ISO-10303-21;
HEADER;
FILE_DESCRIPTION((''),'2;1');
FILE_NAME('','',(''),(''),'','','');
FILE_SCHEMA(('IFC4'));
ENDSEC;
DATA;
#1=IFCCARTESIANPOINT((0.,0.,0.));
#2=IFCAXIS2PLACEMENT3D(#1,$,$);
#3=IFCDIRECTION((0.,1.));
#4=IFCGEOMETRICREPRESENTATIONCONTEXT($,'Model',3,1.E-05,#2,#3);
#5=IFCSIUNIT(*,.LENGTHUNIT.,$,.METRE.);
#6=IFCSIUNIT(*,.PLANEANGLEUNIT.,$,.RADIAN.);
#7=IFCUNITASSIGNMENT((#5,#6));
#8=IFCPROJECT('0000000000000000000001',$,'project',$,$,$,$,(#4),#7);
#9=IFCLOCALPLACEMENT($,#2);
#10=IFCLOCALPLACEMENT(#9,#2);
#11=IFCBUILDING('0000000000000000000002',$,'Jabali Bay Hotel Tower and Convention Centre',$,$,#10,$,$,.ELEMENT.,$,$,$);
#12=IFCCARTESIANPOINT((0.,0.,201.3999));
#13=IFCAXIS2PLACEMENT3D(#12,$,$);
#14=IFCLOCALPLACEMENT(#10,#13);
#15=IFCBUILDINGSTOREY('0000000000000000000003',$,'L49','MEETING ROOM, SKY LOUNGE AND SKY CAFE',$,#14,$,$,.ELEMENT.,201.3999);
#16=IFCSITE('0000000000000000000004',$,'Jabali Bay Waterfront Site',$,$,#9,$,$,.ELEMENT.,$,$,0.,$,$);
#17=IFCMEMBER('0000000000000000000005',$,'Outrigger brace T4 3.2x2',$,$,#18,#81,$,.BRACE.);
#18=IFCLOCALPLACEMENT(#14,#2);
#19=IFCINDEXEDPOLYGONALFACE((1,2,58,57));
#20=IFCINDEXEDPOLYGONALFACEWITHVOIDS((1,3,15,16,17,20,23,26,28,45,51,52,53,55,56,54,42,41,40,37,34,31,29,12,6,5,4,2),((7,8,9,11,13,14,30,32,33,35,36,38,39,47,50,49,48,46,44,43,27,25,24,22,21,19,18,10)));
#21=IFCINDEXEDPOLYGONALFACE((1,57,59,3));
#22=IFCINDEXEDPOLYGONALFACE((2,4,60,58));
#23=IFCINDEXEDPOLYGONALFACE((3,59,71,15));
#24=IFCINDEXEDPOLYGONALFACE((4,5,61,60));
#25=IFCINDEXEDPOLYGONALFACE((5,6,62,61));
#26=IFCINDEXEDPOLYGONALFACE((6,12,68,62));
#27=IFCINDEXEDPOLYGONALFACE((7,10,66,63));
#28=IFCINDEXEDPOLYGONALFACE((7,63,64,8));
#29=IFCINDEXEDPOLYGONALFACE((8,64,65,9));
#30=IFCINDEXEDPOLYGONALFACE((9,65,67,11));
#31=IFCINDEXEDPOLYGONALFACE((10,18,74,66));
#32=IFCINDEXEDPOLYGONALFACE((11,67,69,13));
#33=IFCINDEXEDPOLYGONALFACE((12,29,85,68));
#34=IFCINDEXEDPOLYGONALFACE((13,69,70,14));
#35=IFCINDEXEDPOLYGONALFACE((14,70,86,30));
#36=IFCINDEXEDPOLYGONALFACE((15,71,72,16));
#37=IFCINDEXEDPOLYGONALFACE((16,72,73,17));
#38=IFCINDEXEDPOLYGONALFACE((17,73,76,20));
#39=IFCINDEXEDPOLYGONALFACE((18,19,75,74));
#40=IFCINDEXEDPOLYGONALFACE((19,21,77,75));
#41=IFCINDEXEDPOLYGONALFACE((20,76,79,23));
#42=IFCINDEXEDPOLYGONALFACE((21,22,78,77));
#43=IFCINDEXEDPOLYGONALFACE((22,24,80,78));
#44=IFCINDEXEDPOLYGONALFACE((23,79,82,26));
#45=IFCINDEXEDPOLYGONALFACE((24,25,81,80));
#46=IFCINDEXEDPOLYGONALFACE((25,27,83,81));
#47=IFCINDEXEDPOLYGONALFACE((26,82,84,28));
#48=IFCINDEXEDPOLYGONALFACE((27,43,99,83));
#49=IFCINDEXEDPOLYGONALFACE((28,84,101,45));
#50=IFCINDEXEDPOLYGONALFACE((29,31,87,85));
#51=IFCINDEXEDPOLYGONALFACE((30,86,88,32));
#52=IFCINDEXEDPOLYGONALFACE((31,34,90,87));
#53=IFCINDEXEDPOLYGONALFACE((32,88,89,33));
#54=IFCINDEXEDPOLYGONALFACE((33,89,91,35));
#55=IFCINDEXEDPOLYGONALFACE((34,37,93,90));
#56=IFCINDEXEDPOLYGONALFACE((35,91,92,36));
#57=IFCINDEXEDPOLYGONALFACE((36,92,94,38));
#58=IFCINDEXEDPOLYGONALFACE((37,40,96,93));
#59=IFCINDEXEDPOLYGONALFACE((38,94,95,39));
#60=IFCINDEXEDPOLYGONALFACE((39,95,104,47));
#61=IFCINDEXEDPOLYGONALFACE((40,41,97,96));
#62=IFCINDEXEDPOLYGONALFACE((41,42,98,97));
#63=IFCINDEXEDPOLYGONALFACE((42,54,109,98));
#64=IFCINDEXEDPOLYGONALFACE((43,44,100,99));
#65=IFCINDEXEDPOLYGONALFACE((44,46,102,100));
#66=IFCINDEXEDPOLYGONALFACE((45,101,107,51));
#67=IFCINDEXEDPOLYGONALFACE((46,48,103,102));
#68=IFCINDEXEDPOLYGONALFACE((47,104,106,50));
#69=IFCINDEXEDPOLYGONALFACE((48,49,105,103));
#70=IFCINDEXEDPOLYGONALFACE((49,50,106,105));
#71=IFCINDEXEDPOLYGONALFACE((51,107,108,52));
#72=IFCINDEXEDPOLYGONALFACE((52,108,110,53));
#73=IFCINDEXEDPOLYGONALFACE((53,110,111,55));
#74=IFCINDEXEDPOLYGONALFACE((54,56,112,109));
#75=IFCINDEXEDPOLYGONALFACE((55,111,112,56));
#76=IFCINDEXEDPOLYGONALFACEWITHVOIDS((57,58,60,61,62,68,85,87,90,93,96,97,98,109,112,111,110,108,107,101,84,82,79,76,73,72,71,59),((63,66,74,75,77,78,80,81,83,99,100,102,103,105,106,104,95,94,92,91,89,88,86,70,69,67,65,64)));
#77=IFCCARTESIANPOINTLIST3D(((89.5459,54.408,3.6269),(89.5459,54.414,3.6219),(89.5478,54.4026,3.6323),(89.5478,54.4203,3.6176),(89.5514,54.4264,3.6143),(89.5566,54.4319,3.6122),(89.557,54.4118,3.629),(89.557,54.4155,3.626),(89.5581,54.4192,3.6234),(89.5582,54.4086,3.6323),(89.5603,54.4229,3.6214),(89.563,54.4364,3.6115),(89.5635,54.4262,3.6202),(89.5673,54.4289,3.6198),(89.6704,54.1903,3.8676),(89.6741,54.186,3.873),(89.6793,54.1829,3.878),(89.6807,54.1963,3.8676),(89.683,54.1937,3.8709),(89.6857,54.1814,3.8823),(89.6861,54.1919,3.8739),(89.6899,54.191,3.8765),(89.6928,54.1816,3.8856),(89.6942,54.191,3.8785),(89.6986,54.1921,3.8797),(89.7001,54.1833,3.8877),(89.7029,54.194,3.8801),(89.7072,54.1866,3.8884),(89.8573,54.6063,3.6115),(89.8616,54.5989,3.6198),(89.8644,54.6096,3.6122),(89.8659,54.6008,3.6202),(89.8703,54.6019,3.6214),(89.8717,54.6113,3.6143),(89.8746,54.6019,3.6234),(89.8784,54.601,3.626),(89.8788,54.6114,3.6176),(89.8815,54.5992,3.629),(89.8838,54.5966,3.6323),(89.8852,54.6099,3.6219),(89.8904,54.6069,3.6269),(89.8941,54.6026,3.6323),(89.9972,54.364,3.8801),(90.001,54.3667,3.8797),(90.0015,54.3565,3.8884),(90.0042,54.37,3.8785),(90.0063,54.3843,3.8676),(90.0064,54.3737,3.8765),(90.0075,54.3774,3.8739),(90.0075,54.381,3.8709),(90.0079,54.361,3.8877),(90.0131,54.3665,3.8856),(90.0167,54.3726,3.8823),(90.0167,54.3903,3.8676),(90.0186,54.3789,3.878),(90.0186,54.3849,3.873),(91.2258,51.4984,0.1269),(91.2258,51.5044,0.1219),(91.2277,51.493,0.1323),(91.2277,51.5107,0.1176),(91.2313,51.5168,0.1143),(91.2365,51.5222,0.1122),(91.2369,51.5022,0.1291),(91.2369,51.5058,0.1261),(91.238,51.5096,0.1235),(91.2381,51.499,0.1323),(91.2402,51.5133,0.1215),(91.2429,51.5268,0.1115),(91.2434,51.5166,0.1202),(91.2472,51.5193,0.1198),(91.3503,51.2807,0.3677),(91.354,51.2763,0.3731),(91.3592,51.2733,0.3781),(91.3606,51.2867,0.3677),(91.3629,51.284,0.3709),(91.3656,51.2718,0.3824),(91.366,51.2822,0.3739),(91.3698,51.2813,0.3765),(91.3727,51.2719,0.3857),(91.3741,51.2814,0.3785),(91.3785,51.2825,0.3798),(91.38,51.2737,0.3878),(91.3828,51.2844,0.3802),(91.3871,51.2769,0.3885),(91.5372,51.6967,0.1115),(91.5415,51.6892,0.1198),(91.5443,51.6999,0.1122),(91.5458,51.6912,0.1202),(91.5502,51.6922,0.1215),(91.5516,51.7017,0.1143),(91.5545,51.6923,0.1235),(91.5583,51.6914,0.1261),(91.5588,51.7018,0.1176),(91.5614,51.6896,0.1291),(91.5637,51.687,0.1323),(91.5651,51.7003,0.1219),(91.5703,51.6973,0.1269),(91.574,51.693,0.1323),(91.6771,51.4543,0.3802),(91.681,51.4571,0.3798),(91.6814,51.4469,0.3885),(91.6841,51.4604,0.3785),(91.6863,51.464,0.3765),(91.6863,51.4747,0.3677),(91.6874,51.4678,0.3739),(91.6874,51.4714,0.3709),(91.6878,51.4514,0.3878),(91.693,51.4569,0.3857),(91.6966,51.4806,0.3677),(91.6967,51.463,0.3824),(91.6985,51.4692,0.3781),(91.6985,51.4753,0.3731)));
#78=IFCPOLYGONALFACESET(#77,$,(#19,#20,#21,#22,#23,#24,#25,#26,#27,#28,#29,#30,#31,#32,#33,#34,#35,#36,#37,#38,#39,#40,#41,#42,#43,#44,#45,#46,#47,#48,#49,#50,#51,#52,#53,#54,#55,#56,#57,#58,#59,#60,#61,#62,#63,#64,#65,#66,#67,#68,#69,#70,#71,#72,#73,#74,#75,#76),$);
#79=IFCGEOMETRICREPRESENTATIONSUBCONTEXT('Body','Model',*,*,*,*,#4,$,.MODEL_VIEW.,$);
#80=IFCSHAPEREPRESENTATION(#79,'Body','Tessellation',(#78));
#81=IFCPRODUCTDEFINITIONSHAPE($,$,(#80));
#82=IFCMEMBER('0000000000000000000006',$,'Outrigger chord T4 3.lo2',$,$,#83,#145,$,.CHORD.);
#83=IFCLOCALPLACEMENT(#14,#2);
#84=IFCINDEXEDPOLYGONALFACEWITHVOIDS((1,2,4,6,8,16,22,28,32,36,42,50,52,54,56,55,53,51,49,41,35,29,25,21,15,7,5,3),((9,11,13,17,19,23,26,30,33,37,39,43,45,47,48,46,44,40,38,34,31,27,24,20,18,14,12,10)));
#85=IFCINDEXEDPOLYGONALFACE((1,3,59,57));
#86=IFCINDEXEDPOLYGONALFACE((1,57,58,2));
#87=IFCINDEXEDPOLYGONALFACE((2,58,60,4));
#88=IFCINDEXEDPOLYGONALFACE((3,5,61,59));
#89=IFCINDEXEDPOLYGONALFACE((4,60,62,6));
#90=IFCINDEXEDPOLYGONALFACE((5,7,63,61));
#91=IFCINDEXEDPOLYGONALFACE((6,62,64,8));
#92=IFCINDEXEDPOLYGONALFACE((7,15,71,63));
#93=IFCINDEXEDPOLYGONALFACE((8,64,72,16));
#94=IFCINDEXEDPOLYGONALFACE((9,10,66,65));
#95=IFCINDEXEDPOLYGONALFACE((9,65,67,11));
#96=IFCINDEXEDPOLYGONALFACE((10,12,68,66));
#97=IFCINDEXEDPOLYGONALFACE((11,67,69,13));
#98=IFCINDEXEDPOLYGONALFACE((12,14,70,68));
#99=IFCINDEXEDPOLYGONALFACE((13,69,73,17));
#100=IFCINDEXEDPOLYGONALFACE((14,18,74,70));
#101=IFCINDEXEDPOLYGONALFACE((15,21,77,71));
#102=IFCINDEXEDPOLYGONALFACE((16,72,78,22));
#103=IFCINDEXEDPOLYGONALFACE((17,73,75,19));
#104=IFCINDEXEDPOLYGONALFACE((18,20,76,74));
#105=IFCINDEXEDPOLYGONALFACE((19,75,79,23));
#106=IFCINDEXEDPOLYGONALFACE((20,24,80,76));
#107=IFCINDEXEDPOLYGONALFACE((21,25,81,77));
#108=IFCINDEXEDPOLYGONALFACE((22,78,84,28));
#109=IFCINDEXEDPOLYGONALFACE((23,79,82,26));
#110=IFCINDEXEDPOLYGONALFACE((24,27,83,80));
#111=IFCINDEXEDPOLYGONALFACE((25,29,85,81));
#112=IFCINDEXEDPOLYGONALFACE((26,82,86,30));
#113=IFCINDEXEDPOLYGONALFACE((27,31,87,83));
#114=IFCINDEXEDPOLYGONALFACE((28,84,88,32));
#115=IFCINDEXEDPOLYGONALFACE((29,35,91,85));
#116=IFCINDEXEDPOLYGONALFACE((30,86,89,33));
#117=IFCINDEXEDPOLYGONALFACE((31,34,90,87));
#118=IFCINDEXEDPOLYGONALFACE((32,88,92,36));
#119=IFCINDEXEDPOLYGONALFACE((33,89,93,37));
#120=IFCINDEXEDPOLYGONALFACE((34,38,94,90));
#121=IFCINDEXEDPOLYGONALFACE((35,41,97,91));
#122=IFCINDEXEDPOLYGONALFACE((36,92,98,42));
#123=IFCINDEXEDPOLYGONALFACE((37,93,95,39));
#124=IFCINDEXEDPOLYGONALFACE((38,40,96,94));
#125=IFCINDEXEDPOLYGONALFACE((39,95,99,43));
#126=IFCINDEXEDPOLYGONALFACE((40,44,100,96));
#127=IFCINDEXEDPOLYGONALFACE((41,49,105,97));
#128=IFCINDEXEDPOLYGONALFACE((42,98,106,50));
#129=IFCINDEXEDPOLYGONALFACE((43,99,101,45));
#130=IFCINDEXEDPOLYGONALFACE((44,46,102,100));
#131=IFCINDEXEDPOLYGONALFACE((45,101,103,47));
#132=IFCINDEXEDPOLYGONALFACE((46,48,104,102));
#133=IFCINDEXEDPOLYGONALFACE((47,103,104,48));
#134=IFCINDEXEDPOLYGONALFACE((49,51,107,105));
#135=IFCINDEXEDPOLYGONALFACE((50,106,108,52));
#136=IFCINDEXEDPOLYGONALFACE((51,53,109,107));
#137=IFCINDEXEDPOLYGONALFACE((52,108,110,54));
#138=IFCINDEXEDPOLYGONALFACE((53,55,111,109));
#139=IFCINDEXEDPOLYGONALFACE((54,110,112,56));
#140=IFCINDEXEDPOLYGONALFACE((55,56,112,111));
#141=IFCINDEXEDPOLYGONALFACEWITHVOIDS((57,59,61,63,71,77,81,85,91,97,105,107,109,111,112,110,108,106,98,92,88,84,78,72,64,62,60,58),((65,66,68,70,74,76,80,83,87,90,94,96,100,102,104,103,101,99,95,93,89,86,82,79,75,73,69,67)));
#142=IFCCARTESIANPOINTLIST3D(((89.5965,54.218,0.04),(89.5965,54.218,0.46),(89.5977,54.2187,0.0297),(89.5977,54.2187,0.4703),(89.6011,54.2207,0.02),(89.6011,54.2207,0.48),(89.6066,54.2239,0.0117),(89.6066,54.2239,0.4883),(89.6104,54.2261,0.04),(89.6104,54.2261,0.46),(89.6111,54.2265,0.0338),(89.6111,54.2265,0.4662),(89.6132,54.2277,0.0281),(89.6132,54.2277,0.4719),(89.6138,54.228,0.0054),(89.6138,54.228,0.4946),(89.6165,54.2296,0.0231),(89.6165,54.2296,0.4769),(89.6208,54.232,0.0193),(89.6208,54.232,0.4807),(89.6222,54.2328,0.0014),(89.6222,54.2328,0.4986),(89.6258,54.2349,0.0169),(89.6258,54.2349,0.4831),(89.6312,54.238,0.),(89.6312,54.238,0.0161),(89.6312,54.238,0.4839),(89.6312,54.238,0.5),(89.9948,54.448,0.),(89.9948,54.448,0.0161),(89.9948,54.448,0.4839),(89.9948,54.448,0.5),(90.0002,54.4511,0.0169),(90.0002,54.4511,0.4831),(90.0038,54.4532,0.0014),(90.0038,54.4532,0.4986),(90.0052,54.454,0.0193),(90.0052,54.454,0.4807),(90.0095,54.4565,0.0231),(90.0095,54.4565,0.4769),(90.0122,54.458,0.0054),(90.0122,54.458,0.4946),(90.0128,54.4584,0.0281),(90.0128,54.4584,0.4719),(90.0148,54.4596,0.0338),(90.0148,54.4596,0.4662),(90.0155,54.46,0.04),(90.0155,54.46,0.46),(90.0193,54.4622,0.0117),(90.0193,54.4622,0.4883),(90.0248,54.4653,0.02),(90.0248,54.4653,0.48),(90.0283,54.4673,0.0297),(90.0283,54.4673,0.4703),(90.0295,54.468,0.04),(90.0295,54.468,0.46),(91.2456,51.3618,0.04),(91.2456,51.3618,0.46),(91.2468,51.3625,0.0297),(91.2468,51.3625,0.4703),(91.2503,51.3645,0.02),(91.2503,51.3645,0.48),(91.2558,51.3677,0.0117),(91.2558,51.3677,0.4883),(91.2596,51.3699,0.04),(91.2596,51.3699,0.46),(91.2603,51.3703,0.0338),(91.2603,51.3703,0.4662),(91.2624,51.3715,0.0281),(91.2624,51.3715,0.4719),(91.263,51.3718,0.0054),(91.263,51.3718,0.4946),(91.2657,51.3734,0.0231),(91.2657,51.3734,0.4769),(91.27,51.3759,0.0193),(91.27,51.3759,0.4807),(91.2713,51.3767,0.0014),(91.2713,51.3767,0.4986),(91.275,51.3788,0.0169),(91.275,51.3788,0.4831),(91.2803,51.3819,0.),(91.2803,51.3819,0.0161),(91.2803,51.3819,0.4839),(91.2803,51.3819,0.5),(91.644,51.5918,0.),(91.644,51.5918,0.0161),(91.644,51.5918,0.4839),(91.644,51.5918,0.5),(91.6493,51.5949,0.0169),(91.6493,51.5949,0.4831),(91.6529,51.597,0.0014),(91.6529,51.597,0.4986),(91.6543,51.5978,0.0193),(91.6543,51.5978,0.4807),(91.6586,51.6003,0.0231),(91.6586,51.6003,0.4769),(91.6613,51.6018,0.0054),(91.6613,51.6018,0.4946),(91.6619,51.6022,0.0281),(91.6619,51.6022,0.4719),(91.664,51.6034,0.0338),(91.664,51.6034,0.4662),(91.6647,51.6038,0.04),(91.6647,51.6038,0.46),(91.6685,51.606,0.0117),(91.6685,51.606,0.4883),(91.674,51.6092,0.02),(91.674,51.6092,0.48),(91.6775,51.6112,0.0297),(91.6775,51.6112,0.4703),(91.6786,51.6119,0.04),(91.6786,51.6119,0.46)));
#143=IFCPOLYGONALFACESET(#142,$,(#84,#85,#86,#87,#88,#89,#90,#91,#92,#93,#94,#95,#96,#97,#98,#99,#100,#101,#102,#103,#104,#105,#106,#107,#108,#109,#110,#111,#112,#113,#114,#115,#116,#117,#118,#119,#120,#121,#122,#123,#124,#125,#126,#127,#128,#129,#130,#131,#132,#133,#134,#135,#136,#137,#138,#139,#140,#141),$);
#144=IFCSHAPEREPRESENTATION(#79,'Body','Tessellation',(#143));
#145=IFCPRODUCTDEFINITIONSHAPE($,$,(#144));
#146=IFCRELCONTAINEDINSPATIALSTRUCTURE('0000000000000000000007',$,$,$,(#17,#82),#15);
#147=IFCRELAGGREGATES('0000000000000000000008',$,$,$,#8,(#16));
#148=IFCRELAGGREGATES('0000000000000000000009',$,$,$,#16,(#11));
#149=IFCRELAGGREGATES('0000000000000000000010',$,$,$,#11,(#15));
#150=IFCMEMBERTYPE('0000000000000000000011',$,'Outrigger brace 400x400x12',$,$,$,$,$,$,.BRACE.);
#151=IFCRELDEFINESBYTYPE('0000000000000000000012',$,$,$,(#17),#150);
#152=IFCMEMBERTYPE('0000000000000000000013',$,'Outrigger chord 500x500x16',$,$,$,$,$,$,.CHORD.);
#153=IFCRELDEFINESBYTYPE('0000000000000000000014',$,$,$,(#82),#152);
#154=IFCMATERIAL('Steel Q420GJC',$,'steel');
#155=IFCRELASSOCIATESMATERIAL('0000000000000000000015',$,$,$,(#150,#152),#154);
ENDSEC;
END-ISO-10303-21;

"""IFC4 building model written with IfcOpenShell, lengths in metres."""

from ifc_helpers import new_model, si_unit, direction, frame, origin, origin_2d, place, context, subcontext, project, spatial, hollow_rectangle, extrude, material, material_profile, profile_set, type_object, element, save


model = new_model("IFC4")

# Units and contexts
model_context = context("Model", 3, precision=1e-05, world=origin(), true_north=direction((0.0, 1.0)))
body_context = subcontext(model_context, "Body", "Model", "MODEL_VIEW")
ifc_project = project(units=[si_unit("LENGTHUNIT", "METRE"), si_unit("PLANEANGLEUNIT", "RADIAN")], contexts=[model_context])

# Site, building, storey
site_placement = place(None, origin())
site = spatial("IfcSite", under=ifc_project, at=site_placement, Name="Jabali Bay Waterfront Site", CompositionType="ELEMENT", RefElevation=0.0)
building_placement = place(site_placement, origin())
building = spatial("IfcBuilding", under=site, at=building_placement, Name="Jabali Bay Hotel Tower and Convention Centre", CompositionType="ELEMENT")
storey_placement = place(building_placement, frame((0.0, 0.0, 201.3999)))
storey = spatial("IfcBuildingStorey", under=building, at=storey_placement, Name="L49", Description="MEETING ROOM, SKY LOUNGE AND SKY CAFE", CompositionType="ELEMENT", Elevation=201.3999)

# Shared definitions
ifc_material_1 = material(Name="Steel Q420GJC", Category="steel")

# Members
ifc_material_profile_1 = material_profile(ifc_material_1, hollow_rectangle(XDim=0.3999, YDim=0.3999, WallThickness=0.012, InnerFilletRadius=0.0181, OuterFilletRadius=0.03, at=origin_2d()), Name="Outrigger brace 400x400x12")
ifc_profile_set_1 = profile_set([ifc_material_profile_1], Name="Steel Q420GJC")
member_type_1 = type_object("IfcMemberType", Name="Outrigger brace 400x400x12", PredefinedType="BRACE", material=ifc_profile_set_1)
member_1_placement = place(storey_placement, frame((91.4622, 51.4868, 0.25), z_axis=(-0.346261, 0.59973, 0.721407), x_axis=(-0.866021, -0.500008, 0.0)))
element("IfcMember", 1, at=member_1_placement, inside=storey, type_object=member_type_1, Name="Outrigger brace T4 3.2x2", PredefinedType="BRACE", context=body_context, shape_type="SweptSolid", body=[
    extrude(hollow_rectangle(XDim=0.3999, YDim=0.3999, WallThickness=0.012, InnerFilletRadius=0.0181, OuterFilletRadius=0.03, at=origin_2d()), origin(), (0.0, 0.0, 1.0), 4.8516),
])
ifc_material_profile_2 = material_profile(ifc_material_1, hollow_rectangle(XDim=0.5, YDim=0.5, WallThickness=0.0161, InnerFilletRadius=0.0239, OuterFilletRadius=0.04, at=origin_2d()), Name="Outrigger chord 500x500x16")
ifc_profile_set_2 = profile_set([ifc_material_profile_2], Name="Steel Q420GJC")
member_type_2 = type_object("IfcMemberType", Name="Outrigger chord 500x500x16", PredefinedType="CHORD", material=ifc_profile_set_2)
member_2_placement = place(storey_placement, frame((89.813, 54.343, 0.25), z_axis=(0.500032, -0.866007, 0.0), x_axis=(0.866007, 0.500032, 0.0)))
element("IfcMember", 2, at=member_2_placement, inside=storey, type_object=member_type_2, Name="Outrigger chord T4 3.lo2", PredefinedType="CHORD", context=body_context, shape_type="SweptSolid", body=[
    extrude(hollow_rectangle(XDim=0.5, YDim=0.5, WallThickness=0.0161, InnerFilletRadius=0.0239, OuterFilletRadius=0.04, at=origin_2d()), origin(), (0.0, 0.0, 1.0), 3.2981),
])

save(model, "model.ifc")
